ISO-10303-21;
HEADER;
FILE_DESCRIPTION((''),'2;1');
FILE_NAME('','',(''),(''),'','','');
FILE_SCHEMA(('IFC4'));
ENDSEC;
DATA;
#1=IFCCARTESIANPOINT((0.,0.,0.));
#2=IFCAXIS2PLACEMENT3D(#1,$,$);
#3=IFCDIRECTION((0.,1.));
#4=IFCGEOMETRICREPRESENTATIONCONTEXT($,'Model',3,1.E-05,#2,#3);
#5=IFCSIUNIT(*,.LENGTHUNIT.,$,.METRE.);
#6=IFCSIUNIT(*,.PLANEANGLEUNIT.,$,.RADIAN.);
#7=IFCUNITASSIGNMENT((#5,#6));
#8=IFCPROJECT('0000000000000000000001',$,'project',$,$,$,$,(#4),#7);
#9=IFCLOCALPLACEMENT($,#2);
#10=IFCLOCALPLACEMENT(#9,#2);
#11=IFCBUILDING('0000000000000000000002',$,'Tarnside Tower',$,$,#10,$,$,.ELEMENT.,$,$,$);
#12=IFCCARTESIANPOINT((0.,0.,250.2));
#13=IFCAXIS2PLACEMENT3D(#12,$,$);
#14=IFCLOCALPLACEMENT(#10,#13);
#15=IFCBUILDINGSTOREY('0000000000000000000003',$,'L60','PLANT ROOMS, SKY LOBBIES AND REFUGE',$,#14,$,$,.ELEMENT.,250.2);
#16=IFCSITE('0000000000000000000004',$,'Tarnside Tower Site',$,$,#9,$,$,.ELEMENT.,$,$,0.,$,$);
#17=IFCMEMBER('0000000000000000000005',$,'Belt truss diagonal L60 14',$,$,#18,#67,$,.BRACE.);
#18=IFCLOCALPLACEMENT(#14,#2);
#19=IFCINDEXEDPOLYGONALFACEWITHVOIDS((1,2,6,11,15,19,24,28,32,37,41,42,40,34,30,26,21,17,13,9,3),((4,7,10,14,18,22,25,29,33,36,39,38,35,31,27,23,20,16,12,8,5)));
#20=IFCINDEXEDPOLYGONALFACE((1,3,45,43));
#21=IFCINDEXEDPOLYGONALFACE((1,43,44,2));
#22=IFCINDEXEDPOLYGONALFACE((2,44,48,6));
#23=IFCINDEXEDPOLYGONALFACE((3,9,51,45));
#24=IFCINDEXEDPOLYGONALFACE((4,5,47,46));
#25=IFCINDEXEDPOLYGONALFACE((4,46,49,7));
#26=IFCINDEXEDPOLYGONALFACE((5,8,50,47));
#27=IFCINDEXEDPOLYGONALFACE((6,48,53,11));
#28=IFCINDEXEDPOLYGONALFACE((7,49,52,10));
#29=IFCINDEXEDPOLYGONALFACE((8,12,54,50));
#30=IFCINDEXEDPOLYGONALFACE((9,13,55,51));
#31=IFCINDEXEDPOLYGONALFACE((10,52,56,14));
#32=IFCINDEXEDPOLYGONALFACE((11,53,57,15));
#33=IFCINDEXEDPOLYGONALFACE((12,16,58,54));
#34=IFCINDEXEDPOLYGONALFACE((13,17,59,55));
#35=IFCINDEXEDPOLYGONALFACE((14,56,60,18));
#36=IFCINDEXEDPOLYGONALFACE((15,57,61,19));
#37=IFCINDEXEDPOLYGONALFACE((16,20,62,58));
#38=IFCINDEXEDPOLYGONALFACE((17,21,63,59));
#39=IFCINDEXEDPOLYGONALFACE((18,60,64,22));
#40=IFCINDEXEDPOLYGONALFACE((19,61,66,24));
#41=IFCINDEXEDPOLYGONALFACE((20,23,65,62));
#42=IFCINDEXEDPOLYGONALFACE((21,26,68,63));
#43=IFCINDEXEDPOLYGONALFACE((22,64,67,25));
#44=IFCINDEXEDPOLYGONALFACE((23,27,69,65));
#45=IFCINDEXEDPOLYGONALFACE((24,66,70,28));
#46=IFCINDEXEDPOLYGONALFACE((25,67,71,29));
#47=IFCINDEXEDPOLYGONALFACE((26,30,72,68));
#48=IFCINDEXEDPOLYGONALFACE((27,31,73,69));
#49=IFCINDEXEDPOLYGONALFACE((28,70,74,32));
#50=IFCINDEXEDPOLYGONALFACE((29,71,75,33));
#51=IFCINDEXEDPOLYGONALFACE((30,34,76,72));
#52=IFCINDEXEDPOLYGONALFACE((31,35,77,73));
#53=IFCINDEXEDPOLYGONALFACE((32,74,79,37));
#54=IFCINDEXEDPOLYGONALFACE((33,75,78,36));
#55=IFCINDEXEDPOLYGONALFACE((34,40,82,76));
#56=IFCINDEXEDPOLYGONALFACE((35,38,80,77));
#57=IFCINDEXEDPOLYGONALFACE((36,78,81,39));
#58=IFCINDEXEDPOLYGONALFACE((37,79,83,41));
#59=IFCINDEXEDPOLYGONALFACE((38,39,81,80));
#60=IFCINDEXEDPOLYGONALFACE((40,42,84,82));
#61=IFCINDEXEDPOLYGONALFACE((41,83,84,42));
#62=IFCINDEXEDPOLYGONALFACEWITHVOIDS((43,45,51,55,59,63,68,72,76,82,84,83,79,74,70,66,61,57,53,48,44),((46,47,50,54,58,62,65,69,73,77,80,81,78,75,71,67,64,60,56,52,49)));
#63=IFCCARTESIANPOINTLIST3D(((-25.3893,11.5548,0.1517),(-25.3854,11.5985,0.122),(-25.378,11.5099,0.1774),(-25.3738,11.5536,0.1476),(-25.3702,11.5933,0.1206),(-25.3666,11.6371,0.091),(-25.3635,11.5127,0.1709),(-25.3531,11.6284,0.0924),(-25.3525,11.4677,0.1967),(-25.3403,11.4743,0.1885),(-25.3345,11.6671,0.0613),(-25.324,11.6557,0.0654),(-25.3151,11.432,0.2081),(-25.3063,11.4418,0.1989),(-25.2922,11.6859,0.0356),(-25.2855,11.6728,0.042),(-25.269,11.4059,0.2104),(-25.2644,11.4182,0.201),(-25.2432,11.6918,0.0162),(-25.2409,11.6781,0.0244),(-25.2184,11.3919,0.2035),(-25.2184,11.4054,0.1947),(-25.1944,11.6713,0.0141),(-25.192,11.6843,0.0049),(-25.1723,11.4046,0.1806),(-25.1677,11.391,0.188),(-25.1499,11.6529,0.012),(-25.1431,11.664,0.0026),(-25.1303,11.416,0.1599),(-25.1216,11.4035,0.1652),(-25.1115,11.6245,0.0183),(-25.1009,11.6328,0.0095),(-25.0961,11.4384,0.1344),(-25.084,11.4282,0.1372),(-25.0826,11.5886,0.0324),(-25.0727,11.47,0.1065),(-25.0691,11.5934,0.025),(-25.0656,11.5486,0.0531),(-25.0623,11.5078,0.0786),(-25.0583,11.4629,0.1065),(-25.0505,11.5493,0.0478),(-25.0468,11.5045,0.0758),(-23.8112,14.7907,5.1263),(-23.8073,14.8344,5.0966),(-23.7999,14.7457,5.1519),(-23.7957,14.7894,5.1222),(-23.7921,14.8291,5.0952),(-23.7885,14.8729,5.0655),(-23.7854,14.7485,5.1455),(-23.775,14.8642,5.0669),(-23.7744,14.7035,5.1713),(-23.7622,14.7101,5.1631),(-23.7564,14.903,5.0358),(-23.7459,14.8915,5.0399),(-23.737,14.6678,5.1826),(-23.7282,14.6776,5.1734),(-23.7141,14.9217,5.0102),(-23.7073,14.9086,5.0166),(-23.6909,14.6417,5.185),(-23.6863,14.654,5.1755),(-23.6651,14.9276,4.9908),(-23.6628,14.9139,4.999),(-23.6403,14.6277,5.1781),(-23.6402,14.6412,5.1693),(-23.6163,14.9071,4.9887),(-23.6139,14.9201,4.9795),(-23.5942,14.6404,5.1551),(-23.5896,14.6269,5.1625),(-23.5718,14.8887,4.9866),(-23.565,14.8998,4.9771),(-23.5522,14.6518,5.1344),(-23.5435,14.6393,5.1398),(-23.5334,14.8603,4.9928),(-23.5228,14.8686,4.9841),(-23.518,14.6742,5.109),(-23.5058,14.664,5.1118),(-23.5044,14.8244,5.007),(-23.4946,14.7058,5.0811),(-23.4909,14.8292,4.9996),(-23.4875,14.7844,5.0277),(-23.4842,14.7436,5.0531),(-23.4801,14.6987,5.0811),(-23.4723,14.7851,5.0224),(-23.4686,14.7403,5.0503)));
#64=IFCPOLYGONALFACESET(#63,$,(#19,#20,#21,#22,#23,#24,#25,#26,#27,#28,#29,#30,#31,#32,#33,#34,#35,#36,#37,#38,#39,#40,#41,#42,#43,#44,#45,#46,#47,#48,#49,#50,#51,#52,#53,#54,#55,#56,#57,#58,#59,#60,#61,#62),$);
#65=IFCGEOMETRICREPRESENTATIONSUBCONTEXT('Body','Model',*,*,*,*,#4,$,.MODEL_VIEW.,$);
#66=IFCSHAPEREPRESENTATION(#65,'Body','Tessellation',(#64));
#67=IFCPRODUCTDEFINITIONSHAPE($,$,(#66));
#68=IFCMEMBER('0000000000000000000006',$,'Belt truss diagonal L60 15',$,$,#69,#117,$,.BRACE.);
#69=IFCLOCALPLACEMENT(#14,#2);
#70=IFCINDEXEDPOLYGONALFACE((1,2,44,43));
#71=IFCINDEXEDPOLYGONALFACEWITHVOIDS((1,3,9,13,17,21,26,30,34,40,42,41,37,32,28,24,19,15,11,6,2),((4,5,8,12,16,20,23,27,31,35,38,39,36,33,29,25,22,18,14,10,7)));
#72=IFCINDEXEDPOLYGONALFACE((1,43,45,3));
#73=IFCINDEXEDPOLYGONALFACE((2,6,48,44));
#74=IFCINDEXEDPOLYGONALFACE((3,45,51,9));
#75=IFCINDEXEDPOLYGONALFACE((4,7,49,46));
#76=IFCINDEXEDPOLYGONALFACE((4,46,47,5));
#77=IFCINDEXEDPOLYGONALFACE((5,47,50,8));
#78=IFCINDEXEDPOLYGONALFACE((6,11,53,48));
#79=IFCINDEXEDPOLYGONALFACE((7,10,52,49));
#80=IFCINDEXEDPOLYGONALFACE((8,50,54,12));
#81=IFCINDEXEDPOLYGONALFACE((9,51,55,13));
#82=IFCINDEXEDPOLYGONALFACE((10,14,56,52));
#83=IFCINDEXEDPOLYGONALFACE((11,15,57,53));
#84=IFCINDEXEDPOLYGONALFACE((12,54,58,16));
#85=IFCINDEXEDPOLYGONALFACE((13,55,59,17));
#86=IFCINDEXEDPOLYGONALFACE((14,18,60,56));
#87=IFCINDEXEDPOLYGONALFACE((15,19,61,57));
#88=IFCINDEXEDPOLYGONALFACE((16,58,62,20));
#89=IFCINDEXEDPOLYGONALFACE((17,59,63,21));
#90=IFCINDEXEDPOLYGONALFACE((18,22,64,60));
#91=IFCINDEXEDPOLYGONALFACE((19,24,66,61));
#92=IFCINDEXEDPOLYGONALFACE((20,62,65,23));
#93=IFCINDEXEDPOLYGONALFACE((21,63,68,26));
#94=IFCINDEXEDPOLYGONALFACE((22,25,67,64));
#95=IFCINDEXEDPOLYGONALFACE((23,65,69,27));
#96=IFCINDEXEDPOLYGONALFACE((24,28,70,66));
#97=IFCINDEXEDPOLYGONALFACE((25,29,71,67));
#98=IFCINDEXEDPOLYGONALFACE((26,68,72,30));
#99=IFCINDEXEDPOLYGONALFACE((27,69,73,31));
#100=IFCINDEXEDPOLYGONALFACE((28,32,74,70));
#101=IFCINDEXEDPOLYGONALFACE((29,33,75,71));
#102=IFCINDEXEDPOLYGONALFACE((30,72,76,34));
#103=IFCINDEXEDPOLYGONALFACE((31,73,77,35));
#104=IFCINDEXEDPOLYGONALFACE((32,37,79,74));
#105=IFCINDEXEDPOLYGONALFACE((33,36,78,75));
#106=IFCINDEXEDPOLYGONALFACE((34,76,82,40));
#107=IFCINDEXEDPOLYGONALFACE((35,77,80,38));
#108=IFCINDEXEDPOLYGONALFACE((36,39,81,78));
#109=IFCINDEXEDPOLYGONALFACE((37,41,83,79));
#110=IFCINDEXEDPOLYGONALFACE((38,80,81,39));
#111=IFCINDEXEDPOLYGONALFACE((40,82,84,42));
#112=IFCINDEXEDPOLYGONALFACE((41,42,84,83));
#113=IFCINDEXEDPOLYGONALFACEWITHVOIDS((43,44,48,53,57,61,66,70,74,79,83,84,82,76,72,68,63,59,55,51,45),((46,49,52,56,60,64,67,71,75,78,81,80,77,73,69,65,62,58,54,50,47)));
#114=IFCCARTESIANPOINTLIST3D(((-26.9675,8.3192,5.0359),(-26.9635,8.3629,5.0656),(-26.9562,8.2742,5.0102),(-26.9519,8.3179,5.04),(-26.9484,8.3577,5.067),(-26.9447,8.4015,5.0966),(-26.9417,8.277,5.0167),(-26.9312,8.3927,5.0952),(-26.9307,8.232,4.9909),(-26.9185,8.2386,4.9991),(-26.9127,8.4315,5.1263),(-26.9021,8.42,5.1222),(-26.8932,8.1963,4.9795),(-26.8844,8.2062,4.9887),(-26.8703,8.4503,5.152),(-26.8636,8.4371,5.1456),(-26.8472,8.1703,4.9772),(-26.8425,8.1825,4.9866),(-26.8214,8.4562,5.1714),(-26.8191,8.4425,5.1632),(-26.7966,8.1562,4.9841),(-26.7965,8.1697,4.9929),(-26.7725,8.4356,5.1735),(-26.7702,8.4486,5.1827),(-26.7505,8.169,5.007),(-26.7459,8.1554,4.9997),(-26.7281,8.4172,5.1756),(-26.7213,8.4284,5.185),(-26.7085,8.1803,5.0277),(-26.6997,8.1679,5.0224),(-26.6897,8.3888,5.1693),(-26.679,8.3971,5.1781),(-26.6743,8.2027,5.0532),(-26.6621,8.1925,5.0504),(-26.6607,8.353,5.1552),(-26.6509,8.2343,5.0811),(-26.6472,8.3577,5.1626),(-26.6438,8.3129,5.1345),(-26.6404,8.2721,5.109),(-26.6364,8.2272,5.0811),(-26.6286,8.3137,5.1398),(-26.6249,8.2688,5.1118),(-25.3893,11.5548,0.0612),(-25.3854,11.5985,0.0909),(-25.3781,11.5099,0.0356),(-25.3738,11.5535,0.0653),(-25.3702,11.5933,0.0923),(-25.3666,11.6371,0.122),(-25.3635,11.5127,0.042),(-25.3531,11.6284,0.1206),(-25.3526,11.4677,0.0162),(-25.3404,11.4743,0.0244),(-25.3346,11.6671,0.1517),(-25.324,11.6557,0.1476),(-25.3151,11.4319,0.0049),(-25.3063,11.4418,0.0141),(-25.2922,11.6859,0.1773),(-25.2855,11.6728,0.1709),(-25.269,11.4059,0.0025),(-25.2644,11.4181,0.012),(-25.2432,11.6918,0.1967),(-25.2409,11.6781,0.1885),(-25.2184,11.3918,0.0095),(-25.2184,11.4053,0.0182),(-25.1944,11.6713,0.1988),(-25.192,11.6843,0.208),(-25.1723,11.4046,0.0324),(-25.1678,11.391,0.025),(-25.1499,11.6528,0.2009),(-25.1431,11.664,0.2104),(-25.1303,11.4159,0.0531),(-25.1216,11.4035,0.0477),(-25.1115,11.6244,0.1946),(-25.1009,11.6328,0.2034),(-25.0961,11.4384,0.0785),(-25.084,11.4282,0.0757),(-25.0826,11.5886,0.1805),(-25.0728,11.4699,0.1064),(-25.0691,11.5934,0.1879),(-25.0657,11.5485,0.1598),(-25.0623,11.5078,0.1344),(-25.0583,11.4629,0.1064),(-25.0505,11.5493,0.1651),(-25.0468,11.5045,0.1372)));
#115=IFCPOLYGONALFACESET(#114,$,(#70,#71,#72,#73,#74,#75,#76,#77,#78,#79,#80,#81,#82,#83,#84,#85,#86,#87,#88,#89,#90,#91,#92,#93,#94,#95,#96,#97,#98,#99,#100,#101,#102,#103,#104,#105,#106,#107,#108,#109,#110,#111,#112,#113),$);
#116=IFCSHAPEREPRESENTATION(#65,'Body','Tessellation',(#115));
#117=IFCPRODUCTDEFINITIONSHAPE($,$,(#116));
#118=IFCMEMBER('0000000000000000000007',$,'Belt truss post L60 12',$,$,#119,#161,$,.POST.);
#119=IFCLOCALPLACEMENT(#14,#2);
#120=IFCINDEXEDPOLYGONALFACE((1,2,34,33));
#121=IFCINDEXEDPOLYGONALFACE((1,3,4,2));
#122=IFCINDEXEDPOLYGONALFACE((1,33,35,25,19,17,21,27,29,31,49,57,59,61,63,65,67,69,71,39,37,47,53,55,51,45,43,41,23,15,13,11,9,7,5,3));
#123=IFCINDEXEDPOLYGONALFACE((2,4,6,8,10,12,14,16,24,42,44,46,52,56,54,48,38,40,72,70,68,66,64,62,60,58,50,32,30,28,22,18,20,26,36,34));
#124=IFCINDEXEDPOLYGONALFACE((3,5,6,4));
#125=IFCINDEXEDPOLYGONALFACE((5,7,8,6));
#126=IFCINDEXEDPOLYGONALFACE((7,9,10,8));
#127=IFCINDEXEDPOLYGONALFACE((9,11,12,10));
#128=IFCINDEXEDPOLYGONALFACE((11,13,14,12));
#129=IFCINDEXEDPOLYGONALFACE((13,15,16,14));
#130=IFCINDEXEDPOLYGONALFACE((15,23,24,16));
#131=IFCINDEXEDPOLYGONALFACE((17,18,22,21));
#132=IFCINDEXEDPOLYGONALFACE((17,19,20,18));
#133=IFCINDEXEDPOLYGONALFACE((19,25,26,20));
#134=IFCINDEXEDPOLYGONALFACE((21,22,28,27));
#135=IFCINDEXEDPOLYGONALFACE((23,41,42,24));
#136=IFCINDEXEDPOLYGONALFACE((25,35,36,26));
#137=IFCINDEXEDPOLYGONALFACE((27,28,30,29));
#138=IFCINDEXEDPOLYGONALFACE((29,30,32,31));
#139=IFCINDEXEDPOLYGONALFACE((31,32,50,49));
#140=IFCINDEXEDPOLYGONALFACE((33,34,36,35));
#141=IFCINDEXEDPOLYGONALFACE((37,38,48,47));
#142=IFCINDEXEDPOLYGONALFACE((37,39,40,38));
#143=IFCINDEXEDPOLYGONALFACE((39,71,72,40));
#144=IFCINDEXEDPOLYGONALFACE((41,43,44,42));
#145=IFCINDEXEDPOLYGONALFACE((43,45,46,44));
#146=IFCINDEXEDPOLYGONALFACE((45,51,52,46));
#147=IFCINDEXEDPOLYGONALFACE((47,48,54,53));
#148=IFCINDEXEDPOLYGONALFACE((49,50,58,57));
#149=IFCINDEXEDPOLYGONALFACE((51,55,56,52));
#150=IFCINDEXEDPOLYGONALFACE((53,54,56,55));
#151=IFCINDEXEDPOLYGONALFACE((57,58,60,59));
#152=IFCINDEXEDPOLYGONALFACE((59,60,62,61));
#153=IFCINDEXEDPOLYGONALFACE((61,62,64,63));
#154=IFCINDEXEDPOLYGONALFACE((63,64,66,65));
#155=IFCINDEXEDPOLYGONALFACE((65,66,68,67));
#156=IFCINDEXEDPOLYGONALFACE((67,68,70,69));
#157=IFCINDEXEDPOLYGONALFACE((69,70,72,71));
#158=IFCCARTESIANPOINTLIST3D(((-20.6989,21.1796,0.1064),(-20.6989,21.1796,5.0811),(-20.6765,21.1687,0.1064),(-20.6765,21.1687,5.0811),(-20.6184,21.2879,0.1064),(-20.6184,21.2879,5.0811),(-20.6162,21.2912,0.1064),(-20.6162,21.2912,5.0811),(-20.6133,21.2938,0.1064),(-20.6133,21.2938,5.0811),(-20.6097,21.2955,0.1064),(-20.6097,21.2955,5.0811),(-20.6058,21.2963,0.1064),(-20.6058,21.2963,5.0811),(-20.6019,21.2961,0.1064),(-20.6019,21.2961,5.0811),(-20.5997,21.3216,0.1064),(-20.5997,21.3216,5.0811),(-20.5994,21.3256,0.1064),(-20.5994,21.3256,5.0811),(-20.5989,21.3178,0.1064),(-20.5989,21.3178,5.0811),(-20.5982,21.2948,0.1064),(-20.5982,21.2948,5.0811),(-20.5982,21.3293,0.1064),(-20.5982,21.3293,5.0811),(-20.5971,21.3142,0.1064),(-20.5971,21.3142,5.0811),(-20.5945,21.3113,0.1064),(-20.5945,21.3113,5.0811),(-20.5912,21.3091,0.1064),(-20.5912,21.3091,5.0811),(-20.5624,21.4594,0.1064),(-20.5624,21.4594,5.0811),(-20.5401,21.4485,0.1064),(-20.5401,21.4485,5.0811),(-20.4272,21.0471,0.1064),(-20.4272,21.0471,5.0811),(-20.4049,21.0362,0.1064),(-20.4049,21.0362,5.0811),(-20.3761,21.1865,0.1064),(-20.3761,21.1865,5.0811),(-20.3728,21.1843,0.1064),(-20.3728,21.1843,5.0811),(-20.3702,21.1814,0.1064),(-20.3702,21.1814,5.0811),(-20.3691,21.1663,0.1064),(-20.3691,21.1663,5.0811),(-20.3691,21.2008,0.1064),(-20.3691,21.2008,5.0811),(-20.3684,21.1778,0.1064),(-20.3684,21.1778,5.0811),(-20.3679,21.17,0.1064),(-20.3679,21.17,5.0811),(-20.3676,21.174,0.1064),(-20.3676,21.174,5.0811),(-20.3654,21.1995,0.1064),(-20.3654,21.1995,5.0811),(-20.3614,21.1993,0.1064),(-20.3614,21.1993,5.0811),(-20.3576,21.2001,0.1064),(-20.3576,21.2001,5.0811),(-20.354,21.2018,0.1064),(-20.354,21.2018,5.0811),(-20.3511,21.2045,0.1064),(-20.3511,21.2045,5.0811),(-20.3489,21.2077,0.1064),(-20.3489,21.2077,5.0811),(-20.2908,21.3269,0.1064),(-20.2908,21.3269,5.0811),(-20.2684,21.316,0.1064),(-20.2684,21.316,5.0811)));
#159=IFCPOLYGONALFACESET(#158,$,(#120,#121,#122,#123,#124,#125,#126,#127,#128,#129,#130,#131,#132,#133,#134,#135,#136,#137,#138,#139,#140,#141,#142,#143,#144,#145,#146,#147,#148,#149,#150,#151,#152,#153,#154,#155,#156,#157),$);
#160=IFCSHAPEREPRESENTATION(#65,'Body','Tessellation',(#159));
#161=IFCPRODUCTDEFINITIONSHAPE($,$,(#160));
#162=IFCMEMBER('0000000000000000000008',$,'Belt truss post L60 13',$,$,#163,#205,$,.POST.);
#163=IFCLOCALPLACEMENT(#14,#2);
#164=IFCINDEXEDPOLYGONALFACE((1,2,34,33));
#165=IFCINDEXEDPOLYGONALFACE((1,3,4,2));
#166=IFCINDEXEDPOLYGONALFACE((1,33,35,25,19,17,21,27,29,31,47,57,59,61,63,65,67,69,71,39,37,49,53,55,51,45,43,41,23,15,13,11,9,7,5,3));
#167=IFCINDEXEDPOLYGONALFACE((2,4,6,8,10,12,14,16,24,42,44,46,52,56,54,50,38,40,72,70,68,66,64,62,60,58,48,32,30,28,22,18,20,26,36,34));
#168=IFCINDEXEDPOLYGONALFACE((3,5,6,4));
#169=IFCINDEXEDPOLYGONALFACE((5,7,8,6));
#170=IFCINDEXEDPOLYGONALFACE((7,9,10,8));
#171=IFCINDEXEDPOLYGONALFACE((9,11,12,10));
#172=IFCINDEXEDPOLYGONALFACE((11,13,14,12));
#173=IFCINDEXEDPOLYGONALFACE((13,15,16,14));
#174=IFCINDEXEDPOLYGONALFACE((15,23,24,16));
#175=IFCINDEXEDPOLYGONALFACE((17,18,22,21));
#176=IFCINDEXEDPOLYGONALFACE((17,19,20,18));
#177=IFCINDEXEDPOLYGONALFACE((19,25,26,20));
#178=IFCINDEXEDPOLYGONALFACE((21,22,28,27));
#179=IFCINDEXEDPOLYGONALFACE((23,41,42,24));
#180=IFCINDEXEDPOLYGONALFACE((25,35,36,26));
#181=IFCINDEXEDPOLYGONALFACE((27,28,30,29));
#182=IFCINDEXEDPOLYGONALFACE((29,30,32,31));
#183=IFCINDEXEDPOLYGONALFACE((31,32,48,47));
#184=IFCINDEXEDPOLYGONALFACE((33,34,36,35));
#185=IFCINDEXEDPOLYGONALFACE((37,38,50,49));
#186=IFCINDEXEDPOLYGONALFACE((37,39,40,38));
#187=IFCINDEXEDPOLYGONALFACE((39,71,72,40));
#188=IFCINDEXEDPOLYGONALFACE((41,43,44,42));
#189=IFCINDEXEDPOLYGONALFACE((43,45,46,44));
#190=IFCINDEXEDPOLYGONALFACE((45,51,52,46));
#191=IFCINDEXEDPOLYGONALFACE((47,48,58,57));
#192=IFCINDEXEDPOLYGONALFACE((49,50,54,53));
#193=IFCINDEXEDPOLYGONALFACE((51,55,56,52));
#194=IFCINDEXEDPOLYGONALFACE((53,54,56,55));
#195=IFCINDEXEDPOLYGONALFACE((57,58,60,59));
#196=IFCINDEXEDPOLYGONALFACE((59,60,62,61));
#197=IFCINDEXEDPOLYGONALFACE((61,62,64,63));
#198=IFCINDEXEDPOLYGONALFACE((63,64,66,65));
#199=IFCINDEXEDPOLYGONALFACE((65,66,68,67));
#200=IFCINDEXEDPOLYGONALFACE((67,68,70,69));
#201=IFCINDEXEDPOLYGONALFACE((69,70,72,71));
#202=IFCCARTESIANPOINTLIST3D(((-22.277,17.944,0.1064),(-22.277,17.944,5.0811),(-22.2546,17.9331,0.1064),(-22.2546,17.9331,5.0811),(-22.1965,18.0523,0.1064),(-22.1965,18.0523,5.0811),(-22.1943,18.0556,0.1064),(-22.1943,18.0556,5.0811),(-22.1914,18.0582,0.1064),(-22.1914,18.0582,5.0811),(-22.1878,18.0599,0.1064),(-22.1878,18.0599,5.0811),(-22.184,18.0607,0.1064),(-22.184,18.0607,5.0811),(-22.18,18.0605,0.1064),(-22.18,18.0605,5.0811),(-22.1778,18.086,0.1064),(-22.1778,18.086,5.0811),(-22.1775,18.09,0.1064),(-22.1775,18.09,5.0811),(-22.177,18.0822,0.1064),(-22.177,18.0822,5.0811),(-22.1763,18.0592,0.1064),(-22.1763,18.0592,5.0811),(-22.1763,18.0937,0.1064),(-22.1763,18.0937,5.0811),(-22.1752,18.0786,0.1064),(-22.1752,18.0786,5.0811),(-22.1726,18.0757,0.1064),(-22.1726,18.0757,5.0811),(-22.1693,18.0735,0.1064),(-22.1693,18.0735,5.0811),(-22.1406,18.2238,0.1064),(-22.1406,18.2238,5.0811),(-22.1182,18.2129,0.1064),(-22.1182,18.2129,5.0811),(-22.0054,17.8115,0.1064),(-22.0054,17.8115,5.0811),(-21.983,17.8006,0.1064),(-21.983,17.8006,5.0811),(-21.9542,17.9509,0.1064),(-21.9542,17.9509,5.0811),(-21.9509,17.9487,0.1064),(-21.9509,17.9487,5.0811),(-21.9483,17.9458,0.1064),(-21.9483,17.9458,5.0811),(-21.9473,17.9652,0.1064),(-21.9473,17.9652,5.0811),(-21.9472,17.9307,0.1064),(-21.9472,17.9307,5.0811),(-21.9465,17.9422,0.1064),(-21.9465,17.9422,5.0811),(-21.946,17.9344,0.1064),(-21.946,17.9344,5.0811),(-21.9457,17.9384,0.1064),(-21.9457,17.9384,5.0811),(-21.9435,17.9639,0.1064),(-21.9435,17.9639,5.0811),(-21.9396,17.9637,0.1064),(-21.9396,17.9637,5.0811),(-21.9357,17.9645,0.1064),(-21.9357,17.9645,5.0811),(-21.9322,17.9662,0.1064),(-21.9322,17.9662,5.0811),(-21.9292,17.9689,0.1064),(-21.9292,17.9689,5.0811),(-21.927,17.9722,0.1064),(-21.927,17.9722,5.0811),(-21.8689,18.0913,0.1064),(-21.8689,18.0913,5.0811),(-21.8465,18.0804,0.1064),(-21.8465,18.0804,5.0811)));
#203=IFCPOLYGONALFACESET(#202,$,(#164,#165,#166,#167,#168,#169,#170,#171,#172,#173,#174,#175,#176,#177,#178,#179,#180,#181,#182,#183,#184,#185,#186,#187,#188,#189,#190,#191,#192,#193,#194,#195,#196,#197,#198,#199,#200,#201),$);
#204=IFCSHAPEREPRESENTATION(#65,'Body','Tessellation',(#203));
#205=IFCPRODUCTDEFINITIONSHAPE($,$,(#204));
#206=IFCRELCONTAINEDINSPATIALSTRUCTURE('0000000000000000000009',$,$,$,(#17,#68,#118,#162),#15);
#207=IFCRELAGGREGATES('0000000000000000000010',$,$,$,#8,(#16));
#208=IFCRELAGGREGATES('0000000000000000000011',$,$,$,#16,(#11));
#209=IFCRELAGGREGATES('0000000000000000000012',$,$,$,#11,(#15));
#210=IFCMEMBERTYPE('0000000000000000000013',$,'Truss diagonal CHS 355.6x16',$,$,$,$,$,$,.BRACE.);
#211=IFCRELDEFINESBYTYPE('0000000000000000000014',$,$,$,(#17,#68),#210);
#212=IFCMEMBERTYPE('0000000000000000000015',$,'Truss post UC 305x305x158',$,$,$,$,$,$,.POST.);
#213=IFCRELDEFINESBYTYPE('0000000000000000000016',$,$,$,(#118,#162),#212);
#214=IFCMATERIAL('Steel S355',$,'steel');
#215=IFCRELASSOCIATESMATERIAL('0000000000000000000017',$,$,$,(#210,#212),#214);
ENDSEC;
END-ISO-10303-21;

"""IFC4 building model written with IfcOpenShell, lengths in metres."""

from ifc_helpers import new_model, si_unit, direction, frame, origin, origin_2d, place, context, subcontext, project, spatial, hollow_circle, i_section, extrude, material, material_profile, profile_set, type_object, element, save


model = new_model("IFC4")

# Units and contexts
model_context = context("Model", 3, precision=1e-05, world=origin(), true_north=direction((0.0, 1.0)))
body_context = subcontext(model_context, "Body", "Model", "MODEL_VIEW")
ifc_project = project(units=[si_unit("LENGTHUNIT", "METRE"), si_unit("PLANEANGLEUNIT", "RADIAN")], contexts=[model_context])

# Site, building, storey
site_placement = place(None, origin())
site = spatial("IfcSite", under=ifc_project, at=site_placement, Name="Tarnside Tower Site", CompositionType="ELEMENT", RefElevation=0.0)
building_placement = place(site_placement, origin())
building = spatial("IfcBuilding", under=site, at=building_placement, Name="Tarnside Tower", CompositionType="ELEMENT")
storey_placement = place(building_placement, frame((0.0, 0.0, 250.2)))
storey = spatial("IfcBuildingStorey", under=building, at=storey_placement, Name="L60", Description="PLANT ROOMS, SKY LOBBIES AND REFUGE", CompositionType="ELEMENT", Elevation=250.2)

# Shared definitions
ifc_material_1 = material(Name="Steel S355", Category="steel")

# Members
ifc_material_profile_1 = material_profile(ifc_material_1, hollow_circle(Radius=0.1777, WallThickness=0.0161, at=origin_2d()), Name="CHS 355.6x16")
ifc_profile_set_1 = profile_set([ifc_material_profile_1], Name="Steel S355")
member_type_1 = type_object("IfcMemberType", Name="Truss diagonal CHS 355.6x16", PredefinedType="BRACE", material=ifc_profile_set_1)
for number, where, z_axis, x_axis, name in (
    (1, (-23.6399, 14.7766, 5.0811), (-0.256995, -0.526952, -0.810108), (0.898805, -0.438349, 0.0), "Belt truss diagonal L60 14"),
    (2, (-25.218, 11.5408, 0.1064), (-0.257001, -0.526923, 0.810125), (0.898792, -0.438376, 0.0), "Belt truss diagonal L60 15"),
):
    element("IfcMember", number, at=place(storey_placement, frame(where, z_axis=z_axis, x_axis=x_axis)), inside=storey, type_object=member_type_1, Name=name, PredefinedType="BRACE", context=body_context, shape_type="SweptSolid", body=[
        extrude(hollow_circle(Radius=0.1777, WallThickness=0.0161, at=origin_2d()), origin(), (0.0, 0.0, 1.0), 6.1406),
    ])
ifc_material_profile_2 = material_profile(ifc_material_1, i_section(OverallWidth=0.3113, OverallDepth=0.3271, WebThickness=0.0159, FlangeThickness=0.0249, FilletRadius=0.0151, at=origin_2d()), Name="UC 305x305x158")
ifc_profile_set_2 = profile_set([ifc_material_profile_2], Name="Steel S355")
member_type_2 = type_object("IfcMemberType", Name="Truss post UC 305x305x158", PredefinedType="POST", material=ifc_profile_set_2)
for number, where, z_axis, x_axis, name in (
    (3, (-20.4836, 21.2478, 0.1064), (0.0, 0.0, 1.0), (-0.438371, -0.898794, 0.0), "Belt truss post L60 12"),
    (4, (-22.0618, 18.0122, 0.1064), (0.0, 0.0, 1.0), (-0.438371, -0.898794, 0.0), "Belt truss post L60 13"),
):
    element("IfcMember", number, at=place(storey_placement, frame(where, z_axis=z_axis, x_axis=x_axis)), inside=storey, type_object=member_type_2, Name=name, PredefinedType="POST", context=body_context, shape_type="SweptSolid", body=[
        extrude(i_section(OverallWidth=0.3113, OverallDepth=0.3271, WebThickness=0.0159, FlangeThickness=0.0249, FilletRadius=0.0151, at=origin_2d()), origin(), (0.0, 0.0, 1.0), 4.9746),
    ])

save(model, "model.ifc")
